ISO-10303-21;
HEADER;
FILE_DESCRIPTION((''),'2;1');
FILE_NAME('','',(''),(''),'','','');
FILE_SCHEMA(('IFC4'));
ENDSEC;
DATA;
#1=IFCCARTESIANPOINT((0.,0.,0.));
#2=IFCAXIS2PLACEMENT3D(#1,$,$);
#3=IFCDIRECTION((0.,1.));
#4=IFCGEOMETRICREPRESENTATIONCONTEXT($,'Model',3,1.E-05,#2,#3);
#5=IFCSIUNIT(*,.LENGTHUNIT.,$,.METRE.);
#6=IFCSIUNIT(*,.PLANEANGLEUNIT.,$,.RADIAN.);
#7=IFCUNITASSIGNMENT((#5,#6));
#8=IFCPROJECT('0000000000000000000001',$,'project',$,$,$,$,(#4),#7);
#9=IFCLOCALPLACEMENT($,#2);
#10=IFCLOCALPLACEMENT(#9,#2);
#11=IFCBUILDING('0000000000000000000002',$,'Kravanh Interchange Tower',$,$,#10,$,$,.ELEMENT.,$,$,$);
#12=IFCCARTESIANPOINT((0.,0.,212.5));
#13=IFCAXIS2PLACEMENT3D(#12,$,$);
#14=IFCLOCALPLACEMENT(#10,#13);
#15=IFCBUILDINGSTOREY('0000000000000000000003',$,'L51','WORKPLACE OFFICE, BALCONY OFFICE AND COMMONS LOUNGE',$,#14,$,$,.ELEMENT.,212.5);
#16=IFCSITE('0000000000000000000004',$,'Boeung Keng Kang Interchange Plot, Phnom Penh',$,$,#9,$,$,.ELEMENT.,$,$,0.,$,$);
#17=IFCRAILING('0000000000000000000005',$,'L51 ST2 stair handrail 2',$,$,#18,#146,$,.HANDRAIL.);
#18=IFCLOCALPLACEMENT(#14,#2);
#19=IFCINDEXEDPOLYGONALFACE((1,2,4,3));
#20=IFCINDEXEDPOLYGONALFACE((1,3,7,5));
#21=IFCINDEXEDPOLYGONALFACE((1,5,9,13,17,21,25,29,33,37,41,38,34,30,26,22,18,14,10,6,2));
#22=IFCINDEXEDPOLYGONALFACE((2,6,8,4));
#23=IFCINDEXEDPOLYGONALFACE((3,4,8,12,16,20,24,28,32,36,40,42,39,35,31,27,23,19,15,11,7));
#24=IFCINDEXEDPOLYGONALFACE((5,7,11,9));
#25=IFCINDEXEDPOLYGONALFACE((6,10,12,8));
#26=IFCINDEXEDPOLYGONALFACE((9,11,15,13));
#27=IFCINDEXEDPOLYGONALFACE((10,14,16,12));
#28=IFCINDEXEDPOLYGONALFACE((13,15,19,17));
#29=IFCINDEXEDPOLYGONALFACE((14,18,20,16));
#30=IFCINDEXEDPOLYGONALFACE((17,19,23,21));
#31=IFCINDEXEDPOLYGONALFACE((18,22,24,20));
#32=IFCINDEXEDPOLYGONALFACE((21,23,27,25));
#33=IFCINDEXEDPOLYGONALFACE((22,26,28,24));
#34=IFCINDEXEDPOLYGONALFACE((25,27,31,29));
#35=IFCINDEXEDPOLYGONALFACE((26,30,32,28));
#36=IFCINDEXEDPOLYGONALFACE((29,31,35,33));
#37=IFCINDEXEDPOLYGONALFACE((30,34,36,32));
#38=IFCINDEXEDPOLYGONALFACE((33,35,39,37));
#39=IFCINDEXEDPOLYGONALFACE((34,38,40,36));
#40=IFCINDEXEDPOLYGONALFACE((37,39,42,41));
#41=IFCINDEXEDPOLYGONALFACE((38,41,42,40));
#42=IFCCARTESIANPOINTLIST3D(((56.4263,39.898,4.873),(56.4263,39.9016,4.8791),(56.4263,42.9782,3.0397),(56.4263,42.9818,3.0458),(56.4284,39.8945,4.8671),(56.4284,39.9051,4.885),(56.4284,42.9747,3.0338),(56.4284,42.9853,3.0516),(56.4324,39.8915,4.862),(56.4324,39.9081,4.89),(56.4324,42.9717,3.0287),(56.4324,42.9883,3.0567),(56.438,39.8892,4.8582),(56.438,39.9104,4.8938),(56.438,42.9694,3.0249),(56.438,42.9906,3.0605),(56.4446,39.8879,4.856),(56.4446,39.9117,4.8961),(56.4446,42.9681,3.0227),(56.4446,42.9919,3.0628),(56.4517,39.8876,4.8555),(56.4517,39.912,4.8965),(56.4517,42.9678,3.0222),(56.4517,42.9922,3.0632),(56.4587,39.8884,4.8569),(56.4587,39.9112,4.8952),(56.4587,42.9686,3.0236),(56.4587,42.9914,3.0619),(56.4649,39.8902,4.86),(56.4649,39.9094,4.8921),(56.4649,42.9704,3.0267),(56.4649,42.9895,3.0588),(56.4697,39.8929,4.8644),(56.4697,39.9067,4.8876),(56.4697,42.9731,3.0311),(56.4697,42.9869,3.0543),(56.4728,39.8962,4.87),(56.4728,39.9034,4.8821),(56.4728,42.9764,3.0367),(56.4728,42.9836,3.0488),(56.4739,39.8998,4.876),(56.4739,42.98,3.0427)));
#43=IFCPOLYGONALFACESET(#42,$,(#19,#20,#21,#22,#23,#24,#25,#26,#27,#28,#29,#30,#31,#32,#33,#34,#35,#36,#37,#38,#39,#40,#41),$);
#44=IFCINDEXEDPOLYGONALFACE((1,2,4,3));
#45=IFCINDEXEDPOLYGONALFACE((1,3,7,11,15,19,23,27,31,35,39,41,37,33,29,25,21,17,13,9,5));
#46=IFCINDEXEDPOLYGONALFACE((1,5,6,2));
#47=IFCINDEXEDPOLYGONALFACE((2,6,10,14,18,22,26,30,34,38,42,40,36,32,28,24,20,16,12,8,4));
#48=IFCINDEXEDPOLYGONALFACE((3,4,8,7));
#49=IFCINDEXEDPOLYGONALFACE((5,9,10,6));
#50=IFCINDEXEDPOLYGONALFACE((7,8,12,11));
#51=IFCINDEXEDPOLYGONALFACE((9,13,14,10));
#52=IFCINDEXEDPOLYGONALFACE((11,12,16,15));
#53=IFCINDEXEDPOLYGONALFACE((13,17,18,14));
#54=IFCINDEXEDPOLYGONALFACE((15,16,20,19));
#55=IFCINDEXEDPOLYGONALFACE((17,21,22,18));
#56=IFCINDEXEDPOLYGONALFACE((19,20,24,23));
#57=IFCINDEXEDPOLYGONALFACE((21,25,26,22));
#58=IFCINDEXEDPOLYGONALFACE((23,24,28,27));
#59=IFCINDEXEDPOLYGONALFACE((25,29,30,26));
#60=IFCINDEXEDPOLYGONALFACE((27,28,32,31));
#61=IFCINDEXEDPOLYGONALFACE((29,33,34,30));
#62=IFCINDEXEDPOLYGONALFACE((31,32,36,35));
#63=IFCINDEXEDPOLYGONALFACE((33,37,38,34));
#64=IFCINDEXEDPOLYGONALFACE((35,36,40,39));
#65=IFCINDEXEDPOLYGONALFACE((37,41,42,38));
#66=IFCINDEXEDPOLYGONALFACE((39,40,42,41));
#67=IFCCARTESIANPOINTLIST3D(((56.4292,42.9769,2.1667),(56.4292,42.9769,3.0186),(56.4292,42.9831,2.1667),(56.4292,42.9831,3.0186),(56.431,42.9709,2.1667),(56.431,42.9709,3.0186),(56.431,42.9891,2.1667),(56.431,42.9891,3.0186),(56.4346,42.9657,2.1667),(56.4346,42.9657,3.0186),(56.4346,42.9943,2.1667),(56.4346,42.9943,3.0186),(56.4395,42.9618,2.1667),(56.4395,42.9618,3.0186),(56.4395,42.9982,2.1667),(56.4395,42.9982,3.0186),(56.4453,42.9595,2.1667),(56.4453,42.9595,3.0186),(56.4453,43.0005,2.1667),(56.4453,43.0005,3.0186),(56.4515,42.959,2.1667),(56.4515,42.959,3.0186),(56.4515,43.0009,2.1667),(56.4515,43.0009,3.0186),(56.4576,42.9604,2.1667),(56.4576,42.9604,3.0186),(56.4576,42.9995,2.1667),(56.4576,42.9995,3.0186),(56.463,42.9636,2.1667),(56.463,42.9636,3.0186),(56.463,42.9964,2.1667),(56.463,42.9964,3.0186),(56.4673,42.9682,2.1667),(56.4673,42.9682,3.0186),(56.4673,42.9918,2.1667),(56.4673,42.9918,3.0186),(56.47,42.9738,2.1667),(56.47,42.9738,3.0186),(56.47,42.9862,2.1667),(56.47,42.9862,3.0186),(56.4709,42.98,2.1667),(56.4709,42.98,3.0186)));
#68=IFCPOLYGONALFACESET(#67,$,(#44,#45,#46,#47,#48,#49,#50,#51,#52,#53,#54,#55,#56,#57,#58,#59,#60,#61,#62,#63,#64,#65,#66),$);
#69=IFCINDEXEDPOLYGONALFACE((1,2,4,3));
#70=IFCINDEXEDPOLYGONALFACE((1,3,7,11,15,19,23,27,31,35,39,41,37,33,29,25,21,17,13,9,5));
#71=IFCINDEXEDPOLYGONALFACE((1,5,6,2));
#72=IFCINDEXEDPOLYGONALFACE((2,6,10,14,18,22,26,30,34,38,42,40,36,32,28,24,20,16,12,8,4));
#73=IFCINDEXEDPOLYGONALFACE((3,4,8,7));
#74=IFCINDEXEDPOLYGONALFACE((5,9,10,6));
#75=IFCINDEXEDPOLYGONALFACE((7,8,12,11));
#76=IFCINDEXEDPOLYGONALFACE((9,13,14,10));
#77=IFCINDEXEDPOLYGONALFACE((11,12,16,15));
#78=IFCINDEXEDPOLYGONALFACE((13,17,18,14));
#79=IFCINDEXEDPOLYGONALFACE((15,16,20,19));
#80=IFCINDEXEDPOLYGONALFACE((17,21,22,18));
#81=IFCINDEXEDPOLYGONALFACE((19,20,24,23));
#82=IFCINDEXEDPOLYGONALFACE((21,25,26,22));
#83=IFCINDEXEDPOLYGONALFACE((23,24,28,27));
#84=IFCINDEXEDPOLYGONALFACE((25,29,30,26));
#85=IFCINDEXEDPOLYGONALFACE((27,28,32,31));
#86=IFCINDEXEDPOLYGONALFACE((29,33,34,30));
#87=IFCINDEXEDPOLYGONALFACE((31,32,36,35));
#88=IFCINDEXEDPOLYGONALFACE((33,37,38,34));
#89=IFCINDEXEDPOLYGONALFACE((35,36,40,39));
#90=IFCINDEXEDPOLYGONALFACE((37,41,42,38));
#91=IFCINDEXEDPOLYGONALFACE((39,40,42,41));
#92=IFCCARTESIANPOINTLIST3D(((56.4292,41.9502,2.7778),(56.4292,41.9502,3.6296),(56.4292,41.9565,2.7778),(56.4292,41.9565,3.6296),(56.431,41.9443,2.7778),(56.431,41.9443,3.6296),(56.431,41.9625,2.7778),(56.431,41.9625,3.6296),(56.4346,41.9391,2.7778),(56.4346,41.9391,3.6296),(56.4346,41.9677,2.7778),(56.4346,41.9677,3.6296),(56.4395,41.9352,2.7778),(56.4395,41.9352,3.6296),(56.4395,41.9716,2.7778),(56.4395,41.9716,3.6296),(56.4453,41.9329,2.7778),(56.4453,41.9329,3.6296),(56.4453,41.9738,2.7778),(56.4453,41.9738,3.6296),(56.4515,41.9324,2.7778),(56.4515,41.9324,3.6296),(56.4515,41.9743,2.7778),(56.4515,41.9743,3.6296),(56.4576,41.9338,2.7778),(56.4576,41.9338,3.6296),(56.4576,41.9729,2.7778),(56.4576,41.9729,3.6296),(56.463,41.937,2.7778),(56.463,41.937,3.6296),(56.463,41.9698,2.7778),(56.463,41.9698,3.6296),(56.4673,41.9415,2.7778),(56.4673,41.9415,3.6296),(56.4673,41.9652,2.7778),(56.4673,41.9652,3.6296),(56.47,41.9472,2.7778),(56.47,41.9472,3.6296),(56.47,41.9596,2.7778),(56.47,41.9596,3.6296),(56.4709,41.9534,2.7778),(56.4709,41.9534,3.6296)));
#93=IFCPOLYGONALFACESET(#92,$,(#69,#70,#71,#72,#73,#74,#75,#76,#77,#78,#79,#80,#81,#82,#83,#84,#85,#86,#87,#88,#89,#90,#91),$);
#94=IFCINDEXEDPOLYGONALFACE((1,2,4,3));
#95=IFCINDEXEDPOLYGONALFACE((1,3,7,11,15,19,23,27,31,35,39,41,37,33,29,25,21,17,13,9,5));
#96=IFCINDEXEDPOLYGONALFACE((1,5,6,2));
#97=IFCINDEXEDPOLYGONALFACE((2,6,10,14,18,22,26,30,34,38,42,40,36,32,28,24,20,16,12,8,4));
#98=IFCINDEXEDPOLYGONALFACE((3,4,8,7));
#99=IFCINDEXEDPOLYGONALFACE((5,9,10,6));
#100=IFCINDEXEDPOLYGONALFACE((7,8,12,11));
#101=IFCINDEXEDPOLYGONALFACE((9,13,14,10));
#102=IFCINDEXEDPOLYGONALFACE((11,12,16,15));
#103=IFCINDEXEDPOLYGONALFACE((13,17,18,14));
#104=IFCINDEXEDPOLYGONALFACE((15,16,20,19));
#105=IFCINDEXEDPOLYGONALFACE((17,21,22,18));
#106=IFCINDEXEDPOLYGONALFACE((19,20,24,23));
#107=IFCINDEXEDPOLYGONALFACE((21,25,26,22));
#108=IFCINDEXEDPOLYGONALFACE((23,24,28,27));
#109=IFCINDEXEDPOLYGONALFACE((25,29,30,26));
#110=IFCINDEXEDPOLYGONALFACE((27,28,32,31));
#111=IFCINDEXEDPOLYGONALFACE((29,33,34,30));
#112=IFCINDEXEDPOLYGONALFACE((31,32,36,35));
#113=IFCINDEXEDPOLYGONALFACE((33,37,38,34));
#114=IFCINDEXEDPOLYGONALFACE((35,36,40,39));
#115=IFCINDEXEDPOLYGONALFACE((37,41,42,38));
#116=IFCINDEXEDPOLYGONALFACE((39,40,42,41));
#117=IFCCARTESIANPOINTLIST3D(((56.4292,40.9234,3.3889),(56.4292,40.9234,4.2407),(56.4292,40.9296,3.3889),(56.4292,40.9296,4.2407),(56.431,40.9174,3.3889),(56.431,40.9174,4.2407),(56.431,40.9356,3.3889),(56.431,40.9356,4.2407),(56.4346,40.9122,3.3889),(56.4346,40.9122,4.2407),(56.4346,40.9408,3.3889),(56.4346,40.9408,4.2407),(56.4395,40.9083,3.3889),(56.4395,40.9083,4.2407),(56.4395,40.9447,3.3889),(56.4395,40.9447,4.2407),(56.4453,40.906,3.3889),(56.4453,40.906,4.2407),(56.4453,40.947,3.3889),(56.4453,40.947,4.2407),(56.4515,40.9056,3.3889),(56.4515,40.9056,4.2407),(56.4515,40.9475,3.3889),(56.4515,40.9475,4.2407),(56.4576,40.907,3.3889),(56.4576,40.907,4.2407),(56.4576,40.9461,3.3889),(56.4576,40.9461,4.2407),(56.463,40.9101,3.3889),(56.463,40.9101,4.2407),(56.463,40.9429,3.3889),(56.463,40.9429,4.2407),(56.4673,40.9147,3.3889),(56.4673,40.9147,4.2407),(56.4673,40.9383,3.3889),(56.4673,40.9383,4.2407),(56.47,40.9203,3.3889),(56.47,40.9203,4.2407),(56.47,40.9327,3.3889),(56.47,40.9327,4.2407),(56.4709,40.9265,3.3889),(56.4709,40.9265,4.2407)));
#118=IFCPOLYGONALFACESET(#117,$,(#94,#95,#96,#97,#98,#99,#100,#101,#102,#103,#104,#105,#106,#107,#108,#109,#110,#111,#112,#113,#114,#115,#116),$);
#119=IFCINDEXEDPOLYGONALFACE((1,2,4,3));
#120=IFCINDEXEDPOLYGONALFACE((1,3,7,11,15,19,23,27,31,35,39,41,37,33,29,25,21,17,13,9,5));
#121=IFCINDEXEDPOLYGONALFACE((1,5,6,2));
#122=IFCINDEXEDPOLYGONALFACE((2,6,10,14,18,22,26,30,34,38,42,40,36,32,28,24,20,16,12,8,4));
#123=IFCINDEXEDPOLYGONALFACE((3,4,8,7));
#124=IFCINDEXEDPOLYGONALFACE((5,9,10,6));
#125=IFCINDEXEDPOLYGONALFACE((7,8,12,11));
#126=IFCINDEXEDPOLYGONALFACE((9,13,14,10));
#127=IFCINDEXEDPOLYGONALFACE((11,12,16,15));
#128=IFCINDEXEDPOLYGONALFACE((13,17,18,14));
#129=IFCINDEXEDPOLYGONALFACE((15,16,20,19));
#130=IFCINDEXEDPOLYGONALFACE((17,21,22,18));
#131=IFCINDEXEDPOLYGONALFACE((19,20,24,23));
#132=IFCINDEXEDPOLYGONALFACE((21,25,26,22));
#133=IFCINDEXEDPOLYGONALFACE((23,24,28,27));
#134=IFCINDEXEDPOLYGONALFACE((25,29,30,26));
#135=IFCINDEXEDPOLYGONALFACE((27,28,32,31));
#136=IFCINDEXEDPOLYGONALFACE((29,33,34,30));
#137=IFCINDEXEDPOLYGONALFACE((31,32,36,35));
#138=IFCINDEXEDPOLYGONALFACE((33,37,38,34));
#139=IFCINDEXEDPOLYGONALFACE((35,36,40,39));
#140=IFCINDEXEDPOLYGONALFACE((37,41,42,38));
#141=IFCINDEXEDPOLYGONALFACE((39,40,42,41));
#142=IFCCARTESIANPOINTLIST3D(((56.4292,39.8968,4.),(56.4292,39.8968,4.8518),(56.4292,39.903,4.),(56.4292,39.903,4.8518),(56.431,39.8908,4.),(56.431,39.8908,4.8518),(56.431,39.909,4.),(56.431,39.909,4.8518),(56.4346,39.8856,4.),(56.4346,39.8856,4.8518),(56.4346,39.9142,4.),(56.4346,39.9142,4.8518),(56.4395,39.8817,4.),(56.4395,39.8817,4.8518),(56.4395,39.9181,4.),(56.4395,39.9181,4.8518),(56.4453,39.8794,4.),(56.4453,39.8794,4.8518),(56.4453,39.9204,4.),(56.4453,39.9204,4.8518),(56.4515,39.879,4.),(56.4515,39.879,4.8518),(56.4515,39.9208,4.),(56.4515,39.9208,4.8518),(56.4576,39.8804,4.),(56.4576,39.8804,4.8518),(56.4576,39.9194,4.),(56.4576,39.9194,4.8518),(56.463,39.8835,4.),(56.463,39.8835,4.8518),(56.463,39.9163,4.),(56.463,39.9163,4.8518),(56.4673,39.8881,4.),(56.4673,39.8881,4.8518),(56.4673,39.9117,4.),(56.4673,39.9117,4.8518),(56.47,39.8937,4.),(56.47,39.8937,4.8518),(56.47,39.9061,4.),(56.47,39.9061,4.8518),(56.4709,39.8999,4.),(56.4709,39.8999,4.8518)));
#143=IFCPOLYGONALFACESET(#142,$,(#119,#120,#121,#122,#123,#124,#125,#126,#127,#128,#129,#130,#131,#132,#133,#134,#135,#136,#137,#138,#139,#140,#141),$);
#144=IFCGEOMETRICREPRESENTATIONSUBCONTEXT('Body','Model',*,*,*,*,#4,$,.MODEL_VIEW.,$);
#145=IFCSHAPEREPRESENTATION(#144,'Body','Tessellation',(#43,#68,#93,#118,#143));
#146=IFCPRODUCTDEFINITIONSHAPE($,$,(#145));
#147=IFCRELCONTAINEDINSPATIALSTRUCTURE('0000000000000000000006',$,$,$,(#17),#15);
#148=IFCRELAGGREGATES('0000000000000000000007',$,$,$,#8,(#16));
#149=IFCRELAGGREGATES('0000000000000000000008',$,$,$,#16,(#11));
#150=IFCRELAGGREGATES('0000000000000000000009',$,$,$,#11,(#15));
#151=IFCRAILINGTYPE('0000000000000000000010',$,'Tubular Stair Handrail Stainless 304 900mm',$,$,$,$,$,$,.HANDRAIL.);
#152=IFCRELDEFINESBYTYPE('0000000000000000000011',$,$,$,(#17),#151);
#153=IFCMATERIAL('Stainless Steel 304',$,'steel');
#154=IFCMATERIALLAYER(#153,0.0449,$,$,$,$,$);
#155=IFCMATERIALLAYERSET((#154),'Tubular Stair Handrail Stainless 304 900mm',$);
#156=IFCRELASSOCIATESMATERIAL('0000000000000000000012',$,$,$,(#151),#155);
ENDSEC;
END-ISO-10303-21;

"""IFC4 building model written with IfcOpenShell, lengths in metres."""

from ifc_helpers import new_model, si_unit, direction, frame, origin, origin_2d, place, context, subcontext, project, spatial, circle, extrude, material, layer, layer_set, type_object, element, save


model = new_model("IFC4")

# Units and contexts
model_context = context("Model", 3, precision=1e-05, world=origin(), true_north=direction((0.0, 1.0)))
body_context = subcontext(model_context, "Body", "Model", "MODEL_VIEW")
ifc_project = project(units=[si_unit("LENGTHUNIT", "METRE"), si_unit("PLANEANGLEUNIT", "RADIAN")], contexts=[model_context])

# Site, building, storey
site_placement = place(None, origin())
site = spatial("IfcSite", under=ifc_project, at=site_placement, Name="Boeung Keng Kang Interchange Plot, Phnom Penh", CompositionType="ELEMENT", RefElevation=0.0)
building_placement = place(site_placement, origin())
building = spatial("IfcBuilding", under=site, at=building_placement, Name="Kravanh Interchange Tower", CompositionType="ELEMENT")
storey_placement = place(building_placement, frame((0.0, 0.0, 212.5)))
storey = spatial("IfcBuildingStorey", under=building, at=storey_placement, Name="L51", Description="WORKPLACE OFFICE, BALCONY OFFICE AND COMMONS LOUNGE", CompositionType="ELEMENT", Elevation=212.5)

# Railing
ifc_material_1 = material(Name="Stainless Steel 304", Category="steel")
ifc_layer_1 = layer(ifc_material_1, 0.0449)
ifc_layer_set_1 = layer_set([ifc_layer_1], Name="Tubular Stair Handrail Stainless 304 900mm")
railing_type_1 = type_object("IfcRailingType", Name="Tubular Stair Handrail Stainless 304 900mm", PredefinedType="HANDRAIL", material=ifc_layer_set_1)
railing_1_placement = place(storey_placement, frame((56.45, 42.98, 2.1667)))
element("IfcRailing", 1, at=railing_1_placement, inside=storey, type_object=railing_type_1, Name="L51 ST2 stair handrail 2", PredefinedType="HANDRAIL", context=body_context, shape_type="SweptSolid", body=[
    extrude(circle(Radius=0.0239, at=origin_2d()), frame((0.0, 0.0, 0.876), z_axis=(0.0, -0.859309, 0.511458), x_axis=(1.0, 0.0, 0.0)), (0.0, 0.0, 1.0), 3.5845),
    extrude(circle(Radius=0.021, at=origin_2d()), origin(), (0.0, 0.0, 1.0), 0.8518),
    extrude(circle(Radius=0.021, at=origin_2d()), frame((0.0, -1.0266, 0.6111)), (0.0, 0.0, 1.0), 0.8518),
    extrude(circle(Radius=0.021, at=origin_2d()), frame((0.0, -2.0535, 1.2222)), (0.0, 0.0, 1.0), 0.8518),
    extrude(circle(Radius=0.021, at=origin_2d()), frame((0.0, -3.0801, 1.8333)), (0.0, 0.0, 1.0), 0.8518),
])

save(model, "model.ifc")
